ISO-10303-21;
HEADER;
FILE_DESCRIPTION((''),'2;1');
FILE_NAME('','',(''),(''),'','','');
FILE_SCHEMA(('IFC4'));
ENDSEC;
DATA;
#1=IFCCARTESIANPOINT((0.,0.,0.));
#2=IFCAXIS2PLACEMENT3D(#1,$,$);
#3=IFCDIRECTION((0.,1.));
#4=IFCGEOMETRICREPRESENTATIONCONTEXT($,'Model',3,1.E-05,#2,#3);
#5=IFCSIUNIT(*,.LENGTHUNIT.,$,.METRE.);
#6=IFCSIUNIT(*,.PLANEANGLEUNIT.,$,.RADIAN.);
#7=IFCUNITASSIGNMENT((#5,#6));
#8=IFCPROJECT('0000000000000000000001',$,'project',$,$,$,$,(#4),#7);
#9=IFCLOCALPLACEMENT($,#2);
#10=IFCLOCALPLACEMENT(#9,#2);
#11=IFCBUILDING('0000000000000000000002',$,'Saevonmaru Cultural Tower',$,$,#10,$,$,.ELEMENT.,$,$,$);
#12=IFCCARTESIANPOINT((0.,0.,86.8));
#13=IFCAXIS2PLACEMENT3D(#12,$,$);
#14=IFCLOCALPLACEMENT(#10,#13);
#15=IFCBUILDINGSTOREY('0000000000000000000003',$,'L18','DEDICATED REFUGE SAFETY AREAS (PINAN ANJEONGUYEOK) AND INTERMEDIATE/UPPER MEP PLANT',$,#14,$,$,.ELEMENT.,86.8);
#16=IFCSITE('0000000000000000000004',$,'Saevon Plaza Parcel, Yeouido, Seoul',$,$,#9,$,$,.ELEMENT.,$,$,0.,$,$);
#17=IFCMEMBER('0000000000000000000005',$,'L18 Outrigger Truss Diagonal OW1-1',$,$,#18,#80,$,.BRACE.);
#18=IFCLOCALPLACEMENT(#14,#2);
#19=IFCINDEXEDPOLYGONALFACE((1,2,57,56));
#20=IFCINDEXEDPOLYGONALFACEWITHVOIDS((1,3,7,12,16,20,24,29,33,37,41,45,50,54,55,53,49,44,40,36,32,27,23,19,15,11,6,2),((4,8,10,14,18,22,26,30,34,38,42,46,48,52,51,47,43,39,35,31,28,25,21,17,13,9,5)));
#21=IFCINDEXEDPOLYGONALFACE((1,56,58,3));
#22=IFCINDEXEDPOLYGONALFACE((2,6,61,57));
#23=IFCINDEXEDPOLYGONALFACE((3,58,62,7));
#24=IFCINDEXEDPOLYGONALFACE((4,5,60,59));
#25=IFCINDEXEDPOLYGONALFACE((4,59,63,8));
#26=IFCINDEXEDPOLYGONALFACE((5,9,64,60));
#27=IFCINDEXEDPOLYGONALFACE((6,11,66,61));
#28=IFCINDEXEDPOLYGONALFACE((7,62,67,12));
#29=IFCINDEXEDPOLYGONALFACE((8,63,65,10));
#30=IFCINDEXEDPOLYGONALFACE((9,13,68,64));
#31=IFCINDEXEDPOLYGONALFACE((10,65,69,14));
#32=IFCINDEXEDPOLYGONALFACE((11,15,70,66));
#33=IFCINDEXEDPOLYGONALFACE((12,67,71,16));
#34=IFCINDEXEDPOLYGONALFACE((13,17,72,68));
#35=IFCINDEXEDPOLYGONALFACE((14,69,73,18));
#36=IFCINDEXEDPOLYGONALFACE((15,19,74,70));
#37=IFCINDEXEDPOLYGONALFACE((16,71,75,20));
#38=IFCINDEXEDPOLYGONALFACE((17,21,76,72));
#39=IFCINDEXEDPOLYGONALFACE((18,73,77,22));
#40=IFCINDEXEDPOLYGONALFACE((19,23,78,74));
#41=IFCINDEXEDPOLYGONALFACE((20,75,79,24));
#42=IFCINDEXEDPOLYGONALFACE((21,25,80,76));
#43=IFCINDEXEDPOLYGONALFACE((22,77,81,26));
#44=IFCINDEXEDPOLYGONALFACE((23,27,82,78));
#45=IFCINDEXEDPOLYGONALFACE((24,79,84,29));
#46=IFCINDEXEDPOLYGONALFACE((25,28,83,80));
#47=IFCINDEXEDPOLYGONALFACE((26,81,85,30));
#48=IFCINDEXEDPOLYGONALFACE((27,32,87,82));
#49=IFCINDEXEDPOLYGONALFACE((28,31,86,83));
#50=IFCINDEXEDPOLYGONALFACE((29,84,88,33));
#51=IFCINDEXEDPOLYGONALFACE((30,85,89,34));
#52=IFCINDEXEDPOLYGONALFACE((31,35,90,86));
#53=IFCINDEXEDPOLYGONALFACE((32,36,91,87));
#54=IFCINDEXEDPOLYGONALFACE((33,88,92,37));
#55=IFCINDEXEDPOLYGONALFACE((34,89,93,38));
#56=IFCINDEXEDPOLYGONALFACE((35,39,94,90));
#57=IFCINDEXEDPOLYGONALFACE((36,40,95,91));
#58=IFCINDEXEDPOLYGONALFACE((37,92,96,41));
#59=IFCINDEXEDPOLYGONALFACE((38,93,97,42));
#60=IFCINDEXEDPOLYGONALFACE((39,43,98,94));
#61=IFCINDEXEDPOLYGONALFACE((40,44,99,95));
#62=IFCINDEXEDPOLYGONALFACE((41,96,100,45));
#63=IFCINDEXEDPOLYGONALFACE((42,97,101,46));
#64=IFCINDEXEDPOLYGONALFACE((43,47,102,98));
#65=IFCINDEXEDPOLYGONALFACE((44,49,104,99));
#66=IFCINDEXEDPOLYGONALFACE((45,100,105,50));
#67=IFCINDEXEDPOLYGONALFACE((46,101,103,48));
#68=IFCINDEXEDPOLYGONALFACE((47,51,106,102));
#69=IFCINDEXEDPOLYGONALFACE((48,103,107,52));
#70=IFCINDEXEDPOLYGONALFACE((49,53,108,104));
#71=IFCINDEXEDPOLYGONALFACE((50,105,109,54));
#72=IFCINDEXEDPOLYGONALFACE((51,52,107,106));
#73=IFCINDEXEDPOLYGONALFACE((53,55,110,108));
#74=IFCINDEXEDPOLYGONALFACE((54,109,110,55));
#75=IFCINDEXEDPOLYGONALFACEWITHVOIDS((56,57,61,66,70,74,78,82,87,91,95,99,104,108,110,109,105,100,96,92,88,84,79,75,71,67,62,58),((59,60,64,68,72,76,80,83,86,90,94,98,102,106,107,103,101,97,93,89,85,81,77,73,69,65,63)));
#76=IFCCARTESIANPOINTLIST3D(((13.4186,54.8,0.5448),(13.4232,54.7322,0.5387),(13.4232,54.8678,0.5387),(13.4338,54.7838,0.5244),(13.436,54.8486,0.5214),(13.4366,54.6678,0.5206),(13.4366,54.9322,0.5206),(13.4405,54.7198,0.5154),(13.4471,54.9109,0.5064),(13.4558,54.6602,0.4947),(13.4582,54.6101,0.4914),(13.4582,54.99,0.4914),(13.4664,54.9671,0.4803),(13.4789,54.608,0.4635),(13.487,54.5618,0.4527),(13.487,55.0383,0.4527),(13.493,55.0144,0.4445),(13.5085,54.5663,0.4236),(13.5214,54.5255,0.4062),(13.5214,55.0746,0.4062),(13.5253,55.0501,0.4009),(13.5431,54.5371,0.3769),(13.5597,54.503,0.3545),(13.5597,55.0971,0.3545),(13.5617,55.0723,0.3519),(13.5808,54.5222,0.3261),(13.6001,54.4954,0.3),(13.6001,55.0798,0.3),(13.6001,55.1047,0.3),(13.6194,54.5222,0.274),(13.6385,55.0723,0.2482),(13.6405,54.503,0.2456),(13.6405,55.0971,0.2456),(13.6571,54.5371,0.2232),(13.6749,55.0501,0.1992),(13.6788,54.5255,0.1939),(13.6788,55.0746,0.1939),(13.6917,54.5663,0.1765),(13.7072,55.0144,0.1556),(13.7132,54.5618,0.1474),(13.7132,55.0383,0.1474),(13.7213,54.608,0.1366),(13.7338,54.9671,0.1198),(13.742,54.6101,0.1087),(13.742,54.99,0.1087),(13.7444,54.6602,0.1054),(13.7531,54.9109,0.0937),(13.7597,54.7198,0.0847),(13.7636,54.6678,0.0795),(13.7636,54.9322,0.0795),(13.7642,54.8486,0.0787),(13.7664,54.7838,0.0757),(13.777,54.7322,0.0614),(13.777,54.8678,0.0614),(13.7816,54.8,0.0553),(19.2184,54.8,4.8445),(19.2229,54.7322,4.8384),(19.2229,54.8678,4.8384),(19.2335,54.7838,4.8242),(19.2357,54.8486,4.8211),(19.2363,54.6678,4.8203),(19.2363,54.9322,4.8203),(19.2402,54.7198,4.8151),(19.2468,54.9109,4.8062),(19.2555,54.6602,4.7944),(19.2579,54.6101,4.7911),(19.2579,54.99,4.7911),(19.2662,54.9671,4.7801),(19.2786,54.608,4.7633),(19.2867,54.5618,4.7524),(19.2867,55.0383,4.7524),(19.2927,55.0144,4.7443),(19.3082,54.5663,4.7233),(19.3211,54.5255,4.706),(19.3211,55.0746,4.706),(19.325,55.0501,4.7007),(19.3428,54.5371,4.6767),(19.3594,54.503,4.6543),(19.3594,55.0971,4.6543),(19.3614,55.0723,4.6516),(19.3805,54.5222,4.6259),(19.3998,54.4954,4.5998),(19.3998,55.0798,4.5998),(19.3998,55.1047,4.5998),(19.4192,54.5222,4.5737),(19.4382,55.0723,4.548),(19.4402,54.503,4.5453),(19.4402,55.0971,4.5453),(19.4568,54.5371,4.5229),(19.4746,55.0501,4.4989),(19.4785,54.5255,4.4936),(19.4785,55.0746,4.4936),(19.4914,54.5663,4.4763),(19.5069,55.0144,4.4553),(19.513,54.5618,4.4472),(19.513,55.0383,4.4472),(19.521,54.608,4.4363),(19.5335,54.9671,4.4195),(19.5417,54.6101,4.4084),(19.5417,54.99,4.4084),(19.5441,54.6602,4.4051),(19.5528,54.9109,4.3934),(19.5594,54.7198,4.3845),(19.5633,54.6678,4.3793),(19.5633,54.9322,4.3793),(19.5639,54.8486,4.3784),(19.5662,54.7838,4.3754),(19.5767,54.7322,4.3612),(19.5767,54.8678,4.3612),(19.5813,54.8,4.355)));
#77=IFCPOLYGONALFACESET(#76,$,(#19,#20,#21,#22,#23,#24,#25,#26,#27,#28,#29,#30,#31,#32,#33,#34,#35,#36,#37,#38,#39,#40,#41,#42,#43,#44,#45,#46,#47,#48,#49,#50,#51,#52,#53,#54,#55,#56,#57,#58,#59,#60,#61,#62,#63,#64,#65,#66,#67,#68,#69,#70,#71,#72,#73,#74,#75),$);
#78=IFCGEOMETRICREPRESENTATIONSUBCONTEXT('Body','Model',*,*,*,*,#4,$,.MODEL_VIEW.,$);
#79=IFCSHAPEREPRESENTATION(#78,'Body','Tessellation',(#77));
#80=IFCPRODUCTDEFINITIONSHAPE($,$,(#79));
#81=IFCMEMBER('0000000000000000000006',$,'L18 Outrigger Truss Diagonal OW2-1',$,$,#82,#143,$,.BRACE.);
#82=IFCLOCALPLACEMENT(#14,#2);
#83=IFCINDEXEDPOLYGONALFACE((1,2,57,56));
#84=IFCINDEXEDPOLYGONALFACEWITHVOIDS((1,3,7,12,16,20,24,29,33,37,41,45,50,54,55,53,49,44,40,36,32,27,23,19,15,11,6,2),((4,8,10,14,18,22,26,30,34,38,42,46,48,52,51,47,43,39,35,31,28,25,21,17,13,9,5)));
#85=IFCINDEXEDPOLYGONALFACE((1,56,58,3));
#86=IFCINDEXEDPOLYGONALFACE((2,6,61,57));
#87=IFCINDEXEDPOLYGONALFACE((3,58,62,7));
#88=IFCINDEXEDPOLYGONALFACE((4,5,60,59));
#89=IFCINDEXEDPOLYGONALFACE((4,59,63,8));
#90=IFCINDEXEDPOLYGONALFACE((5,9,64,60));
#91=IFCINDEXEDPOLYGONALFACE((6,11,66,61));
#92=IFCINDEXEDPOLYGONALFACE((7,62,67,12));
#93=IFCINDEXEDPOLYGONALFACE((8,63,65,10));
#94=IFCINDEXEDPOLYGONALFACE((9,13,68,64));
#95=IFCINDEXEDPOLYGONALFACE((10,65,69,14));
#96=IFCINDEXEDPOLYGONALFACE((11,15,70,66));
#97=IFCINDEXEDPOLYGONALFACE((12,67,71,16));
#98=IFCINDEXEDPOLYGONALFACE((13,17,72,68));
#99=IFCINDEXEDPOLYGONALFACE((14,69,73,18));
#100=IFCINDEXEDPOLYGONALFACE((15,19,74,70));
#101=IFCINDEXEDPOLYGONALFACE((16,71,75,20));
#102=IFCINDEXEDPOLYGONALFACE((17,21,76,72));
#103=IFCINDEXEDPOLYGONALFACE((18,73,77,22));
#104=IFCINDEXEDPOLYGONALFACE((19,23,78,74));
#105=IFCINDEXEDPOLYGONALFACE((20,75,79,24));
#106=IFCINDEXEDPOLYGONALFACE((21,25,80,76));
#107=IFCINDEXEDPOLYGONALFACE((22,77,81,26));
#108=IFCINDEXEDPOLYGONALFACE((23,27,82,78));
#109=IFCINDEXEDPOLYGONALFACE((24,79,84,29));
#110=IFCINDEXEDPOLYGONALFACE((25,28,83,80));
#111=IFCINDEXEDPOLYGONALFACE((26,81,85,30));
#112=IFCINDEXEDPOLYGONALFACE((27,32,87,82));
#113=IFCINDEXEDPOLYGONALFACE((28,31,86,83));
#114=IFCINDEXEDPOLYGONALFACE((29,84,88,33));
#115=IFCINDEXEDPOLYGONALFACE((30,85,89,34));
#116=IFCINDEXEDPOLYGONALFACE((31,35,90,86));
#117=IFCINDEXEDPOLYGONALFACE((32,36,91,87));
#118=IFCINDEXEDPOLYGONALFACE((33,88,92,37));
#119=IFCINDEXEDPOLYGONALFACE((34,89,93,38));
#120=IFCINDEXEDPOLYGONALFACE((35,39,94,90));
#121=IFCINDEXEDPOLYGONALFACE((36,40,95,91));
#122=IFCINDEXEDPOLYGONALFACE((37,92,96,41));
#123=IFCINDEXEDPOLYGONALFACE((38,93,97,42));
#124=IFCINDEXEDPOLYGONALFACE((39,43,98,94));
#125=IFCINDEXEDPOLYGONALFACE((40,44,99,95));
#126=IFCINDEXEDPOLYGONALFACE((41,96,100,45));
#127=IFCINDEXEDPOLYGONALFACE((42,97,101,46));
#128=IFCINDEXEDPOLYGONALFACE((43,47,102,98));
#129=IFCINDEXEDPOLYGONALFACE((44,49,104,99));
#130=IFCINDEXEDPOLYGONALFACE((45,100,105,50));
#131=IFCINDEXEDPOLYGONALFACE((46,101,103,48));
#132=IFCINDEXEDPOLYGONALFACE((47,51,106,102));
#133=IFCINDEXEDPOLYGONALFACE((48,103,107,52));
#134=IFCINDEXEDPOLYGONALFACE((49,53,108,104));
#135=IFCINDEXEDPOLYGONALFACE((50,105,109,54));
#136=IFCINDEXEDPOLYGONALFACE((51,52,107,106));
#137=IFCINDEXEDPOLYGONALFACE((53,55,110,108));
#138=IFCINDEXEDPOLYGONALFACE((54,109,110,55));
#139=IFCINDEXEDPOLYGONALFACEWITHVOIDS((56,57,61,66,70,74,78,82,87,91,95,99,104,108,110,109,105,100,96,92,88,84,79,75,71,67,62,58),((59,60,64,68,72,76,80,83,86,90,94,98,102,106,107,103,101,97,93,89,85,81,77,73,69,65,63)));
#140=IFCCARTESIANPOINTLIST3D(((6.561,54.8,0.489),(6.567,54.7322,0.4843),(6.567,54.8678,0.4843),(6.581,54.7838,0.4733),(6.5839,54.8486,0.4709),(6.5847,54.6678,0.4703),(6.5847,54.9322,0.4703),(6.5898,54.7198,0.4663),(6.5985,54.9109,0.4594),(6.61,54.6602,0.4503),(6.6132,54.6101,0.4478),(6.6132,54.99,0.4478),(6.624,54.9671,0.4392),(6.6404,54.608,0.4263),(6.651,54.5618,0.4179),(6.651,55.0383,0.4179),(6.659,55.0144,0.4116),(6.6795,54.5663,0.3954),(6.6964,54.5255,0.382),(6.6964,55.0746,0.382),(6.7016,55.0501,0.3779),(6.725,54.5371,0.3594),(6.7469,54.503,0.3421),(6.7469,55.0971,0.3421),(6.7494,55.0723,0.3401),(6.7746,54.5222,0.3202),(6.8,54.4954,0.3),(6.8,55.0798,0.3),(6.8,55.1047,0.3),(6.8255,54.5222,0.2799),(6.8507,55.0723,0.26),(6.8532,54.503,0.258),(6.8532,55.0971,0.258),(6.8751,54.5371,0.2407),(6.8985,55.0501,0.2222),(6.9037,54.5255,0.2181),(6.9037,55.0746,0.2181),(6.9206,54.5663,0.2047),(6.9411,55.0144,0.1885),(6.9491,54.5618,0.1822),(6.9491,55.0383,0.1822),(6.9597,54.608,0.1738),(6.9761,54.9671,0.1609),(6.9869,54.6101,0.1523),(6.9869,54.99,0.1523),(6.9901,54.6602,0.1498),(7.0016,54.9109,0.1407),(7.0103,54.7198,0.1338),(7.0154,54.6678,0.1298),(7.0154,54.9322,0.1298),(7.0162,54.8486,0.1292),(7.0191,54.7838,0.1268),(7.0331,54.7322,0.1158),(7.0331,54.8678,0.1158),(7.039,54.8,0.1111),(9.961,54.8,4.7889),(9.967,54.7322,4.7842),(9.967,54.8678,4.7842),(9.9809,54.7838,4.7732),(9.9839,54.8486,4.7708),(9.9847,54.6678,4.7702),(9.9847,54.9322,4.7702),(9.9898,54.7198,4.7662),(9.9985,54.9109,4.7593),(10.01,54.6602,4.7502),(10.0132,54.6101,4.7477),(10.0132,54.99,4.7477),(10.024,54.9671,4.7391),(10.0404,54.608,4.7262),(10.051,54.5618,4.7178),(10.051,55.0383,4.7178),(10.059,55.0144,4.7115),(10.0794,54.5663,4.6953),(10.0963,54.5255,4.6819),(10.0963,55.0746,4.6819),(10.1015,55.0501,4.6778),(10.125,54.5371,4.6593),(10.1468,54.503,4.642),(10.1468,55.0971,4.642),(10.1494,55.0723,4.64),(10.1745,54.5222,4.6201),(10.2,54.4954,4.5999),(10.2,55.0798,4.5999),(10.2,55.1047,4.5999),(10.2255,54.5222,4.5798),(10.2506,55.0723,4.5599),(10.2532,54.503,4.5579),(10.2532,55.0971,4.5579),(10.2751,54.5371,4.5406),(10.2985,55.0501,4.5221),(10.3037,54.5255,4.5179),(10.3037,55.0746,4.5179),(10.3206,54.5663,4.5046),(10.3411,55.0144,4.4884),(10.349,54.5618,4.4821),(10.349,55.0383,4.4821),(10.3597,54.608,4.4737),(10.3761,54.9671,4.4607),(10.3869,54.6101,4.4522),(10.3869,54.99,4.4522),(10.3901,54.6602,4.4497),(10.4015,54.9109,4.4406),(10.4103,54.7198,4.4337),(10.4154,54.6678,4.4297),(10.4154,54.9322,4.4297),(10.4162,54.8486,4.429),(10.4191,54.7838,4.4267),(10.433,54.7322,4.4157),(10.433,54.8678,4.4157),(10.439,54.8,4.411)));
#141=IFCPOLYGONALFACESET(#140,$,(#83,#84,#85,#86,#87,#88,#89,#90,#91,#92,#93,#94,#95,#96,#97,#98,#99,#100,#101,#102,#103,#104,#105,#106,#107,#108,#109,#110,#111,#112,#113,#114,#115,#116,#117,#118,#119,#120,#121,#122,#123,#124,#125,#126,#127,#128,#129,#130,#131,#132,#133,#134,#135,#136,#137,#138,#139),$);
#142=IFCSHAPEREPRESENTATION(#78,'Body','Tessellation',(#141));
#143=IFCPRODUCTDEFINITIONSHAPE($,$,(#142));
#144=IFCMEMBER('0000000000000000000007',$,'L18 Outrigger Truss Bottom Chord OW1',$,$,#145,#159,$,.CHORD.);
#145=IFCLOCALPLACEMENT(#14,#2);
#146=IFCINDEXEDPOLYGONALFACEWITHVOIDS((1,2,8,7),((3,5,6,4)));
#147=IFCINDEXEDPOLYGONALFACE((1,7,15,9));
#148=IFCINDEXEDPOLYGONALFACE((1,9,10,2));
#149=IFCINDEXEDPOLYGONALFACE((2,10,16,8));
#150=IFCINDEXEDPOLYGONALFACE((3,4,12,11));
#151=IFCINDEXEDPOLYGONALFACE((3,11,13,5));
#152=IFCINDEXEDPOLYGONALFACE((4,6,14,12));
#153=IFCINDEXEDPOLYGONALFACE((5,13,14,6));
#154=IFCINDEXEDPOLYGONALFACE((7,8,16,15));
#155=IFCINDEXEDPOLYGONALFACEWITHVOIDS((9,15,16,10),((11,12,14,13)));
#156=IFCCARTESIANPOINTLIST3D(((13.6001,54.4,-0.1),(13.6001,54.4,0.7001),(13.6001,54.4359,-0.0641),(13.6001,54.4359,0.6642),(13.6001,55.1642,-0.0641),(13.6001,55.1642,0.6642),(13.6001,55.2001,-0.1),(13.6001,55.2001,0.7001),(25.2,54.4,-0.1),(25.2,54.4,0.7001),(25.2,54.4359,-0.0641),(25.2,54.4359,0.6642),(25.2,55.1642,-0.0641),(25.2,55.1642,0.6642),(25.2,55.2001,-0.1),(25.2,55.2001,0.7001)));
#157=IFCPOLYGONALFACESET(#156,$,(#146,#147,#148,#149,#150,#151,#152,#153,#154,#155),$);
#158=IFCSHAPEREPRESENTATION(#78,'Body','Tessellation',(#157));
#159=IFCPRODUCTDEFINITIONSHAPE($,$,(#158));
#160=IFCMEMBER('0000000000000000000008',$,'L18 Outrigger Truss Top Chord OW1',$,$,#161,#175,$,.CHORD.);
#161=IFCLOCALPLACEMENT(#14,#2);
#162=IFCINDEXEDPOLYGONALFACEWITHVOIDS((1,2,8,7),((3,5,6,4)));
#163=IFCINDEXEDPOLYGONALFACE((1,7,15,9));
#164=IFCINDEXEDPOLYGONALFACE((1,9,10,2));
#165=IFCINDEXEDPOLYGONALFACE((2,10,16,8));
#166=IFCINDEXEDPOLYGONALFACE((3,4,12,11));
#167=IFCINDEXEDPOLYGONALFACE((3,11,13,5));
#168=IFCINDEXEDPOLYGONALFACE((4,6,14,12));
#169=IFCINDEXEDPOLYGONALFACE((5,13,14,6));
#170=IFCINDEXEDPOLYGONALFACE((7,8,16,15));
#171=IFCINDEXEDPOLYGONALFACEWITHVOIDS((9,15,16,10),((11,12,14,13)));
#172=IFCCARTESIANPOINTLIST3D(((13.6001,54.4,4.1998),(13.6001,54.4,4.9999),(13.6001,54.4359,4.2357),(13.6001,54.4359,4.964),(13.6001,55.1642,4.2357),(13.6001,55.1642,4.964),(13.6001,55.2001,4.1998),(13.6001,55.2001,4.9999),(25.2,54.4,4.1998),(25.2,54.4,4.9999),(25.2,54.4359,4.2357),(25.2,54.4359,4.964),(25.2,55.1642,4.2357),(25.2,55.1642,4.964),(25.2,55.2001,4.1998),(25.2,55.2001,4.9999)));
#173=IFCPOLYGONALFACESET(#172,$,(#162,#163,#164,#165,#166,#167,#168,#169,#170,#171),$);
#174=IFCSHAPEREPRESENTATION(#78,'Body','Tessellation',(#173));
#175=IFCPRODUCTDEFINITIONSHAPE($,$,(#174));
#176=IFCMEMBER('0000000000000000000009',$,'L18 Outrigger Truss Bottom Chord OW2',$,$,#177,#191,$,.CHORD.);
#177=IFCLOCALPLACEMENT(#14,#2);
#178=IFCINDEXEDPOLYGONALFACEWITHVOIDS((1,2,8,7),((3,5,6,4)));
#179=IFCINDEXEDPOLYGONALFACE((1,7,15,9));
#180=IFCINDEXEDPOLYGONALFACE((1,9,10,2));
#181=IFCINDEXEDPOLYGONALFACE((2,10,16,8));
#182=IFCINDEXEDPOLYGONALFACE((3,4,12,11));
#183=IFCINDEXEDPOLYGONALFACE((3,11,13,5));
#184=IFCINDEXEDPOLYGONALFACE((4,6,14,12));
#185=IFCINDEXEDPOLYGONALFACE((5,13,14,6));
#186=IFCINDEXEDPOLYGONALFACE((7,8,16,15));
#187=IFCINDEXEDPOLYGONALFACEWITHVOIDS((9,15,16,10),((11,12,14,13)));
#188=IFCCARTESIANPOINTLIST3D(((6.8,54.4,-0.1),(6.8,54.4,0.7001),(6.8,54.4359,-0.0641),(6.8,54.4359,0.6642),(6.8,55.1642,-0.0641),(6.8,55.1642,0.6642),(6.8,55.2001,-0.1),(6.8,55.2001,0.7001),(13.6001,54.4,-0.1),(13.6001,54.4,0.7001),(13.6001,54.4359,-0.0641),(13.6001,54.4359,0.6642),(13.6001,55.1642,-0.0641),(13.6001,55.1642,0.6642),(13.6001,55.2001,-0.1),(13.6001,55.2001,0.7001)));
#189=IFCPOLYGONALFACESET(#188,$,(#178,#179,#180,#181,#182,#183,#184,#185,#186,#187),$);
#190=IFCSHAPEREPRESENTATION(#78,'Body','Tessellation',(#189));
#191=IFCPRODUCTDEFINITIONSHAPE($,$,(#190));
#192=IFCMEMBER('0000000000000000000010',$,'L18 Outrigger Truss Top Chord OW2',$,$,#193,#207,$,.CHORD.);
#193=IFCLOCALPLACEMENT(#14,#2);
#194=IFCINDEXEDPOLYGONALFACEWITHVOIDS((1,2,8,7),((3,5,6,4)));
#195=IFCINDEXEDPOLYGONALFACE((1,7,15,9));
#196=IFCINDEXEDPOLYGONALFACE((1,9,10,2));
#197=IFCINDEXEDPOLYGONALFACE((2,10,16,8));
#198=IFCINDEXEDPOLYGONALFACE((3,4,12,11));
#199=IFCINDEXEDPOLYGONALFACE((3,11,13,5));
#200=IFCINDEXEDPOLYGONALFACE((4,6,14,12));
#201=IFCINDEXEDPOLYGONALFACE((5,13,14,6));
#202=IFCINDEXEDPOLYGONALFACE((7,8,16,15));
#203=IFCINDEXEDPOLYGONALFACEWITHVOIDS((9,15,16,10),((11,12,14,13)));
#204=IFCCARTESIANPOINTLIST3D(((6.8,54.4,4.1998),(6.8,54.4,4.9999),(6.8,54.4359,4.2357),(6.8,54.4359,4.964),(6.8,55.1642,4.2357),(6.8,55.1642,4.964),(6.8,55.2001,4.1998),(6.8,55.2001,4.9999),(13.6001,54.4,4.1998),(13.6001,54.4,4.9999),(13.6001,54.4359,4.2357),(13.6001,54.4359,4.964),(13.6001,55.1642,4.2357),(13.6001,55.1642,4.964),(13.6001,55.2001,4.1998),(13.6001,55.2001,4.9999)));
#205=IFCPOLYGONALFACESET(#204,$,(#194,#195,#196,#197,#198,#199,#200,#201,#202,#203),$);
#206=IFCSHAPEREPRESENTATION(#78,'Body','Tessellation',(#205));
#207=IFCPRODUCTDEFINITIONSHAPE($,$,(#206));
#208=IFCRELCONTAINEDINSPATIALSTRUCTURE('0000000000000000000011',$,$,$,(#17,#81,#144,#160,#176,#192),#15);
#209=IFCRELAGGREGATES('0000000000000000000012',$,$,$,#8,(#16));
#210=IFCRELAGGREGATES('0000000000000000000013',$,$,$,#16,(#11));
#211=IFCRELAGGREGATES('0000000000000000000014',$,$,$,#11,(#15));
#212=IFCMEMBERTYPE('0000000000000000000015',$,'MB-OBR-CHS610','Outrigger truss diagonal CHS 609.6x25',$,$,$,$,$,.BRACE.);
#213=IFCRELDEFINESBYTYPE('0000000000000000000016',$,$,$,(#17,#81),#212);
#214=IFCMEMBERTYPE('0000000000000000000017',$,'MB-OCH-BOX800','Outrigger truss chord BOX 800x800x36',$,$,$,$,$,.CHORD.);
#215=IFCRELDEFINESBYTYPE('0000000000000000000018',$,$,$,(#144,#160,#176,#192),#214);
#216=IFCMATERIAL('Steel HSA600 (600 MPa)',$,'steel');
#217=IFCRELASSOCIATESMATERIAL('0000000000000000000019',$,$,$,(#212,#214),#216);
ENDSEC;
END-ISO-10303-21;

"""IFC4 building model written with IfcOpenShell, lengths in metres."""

from ifc_helpers import new_model, si_unit, direction, frame, origin, origin_2d, place, context, subcontext, project, spatial, hollow_rectangle, hollow_circle, extrude, material, material_profile, profile_set, type_object, element, save


model = new_model("IFC4")

# Units and contexts
model_context = context("Model", 3, precision=1e-05, world=origin(), true_north=direction((0.0, 1.0)))
body_context = subcontext(model_context, "Body", "Model", "MODEL_VIEW")
ifc_project = project(units=[si_unit("LENGTHUNIT", "METRE"), si_unit("PLANEANGLEUNIT", "RADIAN")], contexts=[model_context])

# Site, building, storey
site_placement = place(None, origin())
site = spatial("IfcSite", under=ifc_project, at=site_placement, Name="Saevon Plaza Parcel, Yeouido, Seoul", CompositionType="ELEMENT", RefElevation=0.0)
building_placement = place(site_placement, origin())
building = spatial("IfcBuilding", under=site, at=building_placement, Name="Saevonmaru Cultural Tower", CompositionType="ELEMENT")
storey_placement = place(building_placement, frame((0.0, 0.0, 86.8)))
storey = spatial("IfcBuildingStorey", under=building, at=storey_placement, Name="L18", Description="DEDICATED REFUGE SAFETY AREAS (PINAN ANJEONGUYEOK) AND INTERMEDIATE/UPPER MEP PLANT", CompositionType="ELEMENT", Elevation=86.8)

# Shared definitions
ifc_material_1 = material(Name="Steel HSA600 (600 MPa)", Category="steel")

# Members
ifc_material_profile_1 = material_profile(ifc_material_1, hollow_circle(Radius=0.3047, WallThickness=0.0249, at=origin_2d()), Name="CHS-609.6x25")
ifc_profile_set_1 = profile_set([ifc_material_profile_1], Name="Steel HSA600 (600 MPa)")
member_type_1 = type_object("IfcMemberType", Name="MB-OBR-CHS610", Description="Outrigger truss diagonal CHS 609.6x25", PredefinedType="BRACE", material=ifc_profile_set_1)
member_1_placement = place(storey_placement, frame((13.6001, 54.8, 0.3), z_axis=(0.803315, 0.0, 0.595554), x_axis=(0.0, 1.0, 0.0)))
element("IfcMember", 1, at=member_1_placement, inside=storey, type_object=member_type_1, Name="L18 Outrigger Truss Diagonal OW1-1", PredefinedType="BRACE", context=body_context, shape_type="SweptSolid", body=[
    extrude(hollow_circle(Radius=0.3047, WallThickness=0.0249, at=origin_2d()), origin(), (0.0, 0.0, 1.0), 7.2197),
])
member_2_placement = place(storey_placement, frame((6.8, 54.8, 0.3), z_axis=(0.620242, 0.0, 0.784411), x_axis=(0.0, 1.0, 0.0)))
element("IfcMember", 2, at=member_2_placement, inside=storey, type_object=member_type_1, Name="L18 Outrigger Truss Diagonal OW2-1", PredefinedType="BRACE", context=body_context, shape_type="SweptSolid", body=[
    extrude(hollow_circle(Radius=0.3047, WallThickness=0.0249, at=origin_2d()), origin(), (0.0, 0.0, 1.0), 5.4817),
])
ifc_material_profile_2 = material_profile(ifc_material_1, hollow_rectangle(XDim=0.8, YDim=0.8, WallThickness=0.0359, at=origin_2d()), Name="BOX-800x800x36")
ifc_profile_set_2 = profile_set([ifc_material_profile_2], Name="Steel HSA600 (600 MPa)")
member_type_2 = type_object("IfcMemberType", Name="MB-OCH-BOX800", Description="Outrigger truss chord BOX 800x800x36", PredefinedType="CHORD", material=ifc_profile_set_2)
for number, where, z_axis, x_axis, name in (
    (3, (13.6001, 54.8, 0.3), (1.0, 0.0, 0.0), (0.0, 1.0, 0.0), "L18 Outrigger Truss Bottom Chord OW1"),
    (4, (13.6001, 54.8, 4.5999), (1.0, 0.0, 0.0), (0.0, 1.0, 0.0), "L18 Outrigger Truss Top Chord OW1"),
):
    element("IfcMember", number, at=place(storey_placement, frame(where, z_axis=z_axis, x_axis=x_axis)), inside=storey, type_object=member_type_2, Name=name, PredefinedType="CHORD", context=body_context, shape_type="SweptSolid", body=[
        extrude(hollow_rectangle(XDim=0.8, YDim=0.8, WallThickness=0.0359, at=origin_2d()), origin(), (0.0, 0.0, 1.0), 11.5999),
    ])
for number, where, z_axis, x_axis, name in (
    (5, (6.8, 54.8, 0.3), (1.0, 0.0, 0.0), (0.0, 1.0, 0.0), "L18 Outrigger Truss Bottom Chord OW2"),
    (6, (6.8, 54.8, 4.5999), (1.0, 0.0, 0.0), (0.0, 1.0, 0.0), "L18 Outrigger Truss Top Chord OW2"),
):
    element("IfcMember", number, at=place(storey_placement, frame(where, z_axis=z_axis, x_axis=x_axis)), inside=storey, type_object=member_type_2, Name=name, PredefinedType="CHORD", context=body_context, shape_type="SweptSolid", body=[
        extrude(hollow_rectangle(XDim=0.8, YDim=0.8, WallThickness=0.0359, at=origin_2d()), origin(), (0.0, 0.0, 1.0), 6.8),
    ])

save(model, "model.ifc")
